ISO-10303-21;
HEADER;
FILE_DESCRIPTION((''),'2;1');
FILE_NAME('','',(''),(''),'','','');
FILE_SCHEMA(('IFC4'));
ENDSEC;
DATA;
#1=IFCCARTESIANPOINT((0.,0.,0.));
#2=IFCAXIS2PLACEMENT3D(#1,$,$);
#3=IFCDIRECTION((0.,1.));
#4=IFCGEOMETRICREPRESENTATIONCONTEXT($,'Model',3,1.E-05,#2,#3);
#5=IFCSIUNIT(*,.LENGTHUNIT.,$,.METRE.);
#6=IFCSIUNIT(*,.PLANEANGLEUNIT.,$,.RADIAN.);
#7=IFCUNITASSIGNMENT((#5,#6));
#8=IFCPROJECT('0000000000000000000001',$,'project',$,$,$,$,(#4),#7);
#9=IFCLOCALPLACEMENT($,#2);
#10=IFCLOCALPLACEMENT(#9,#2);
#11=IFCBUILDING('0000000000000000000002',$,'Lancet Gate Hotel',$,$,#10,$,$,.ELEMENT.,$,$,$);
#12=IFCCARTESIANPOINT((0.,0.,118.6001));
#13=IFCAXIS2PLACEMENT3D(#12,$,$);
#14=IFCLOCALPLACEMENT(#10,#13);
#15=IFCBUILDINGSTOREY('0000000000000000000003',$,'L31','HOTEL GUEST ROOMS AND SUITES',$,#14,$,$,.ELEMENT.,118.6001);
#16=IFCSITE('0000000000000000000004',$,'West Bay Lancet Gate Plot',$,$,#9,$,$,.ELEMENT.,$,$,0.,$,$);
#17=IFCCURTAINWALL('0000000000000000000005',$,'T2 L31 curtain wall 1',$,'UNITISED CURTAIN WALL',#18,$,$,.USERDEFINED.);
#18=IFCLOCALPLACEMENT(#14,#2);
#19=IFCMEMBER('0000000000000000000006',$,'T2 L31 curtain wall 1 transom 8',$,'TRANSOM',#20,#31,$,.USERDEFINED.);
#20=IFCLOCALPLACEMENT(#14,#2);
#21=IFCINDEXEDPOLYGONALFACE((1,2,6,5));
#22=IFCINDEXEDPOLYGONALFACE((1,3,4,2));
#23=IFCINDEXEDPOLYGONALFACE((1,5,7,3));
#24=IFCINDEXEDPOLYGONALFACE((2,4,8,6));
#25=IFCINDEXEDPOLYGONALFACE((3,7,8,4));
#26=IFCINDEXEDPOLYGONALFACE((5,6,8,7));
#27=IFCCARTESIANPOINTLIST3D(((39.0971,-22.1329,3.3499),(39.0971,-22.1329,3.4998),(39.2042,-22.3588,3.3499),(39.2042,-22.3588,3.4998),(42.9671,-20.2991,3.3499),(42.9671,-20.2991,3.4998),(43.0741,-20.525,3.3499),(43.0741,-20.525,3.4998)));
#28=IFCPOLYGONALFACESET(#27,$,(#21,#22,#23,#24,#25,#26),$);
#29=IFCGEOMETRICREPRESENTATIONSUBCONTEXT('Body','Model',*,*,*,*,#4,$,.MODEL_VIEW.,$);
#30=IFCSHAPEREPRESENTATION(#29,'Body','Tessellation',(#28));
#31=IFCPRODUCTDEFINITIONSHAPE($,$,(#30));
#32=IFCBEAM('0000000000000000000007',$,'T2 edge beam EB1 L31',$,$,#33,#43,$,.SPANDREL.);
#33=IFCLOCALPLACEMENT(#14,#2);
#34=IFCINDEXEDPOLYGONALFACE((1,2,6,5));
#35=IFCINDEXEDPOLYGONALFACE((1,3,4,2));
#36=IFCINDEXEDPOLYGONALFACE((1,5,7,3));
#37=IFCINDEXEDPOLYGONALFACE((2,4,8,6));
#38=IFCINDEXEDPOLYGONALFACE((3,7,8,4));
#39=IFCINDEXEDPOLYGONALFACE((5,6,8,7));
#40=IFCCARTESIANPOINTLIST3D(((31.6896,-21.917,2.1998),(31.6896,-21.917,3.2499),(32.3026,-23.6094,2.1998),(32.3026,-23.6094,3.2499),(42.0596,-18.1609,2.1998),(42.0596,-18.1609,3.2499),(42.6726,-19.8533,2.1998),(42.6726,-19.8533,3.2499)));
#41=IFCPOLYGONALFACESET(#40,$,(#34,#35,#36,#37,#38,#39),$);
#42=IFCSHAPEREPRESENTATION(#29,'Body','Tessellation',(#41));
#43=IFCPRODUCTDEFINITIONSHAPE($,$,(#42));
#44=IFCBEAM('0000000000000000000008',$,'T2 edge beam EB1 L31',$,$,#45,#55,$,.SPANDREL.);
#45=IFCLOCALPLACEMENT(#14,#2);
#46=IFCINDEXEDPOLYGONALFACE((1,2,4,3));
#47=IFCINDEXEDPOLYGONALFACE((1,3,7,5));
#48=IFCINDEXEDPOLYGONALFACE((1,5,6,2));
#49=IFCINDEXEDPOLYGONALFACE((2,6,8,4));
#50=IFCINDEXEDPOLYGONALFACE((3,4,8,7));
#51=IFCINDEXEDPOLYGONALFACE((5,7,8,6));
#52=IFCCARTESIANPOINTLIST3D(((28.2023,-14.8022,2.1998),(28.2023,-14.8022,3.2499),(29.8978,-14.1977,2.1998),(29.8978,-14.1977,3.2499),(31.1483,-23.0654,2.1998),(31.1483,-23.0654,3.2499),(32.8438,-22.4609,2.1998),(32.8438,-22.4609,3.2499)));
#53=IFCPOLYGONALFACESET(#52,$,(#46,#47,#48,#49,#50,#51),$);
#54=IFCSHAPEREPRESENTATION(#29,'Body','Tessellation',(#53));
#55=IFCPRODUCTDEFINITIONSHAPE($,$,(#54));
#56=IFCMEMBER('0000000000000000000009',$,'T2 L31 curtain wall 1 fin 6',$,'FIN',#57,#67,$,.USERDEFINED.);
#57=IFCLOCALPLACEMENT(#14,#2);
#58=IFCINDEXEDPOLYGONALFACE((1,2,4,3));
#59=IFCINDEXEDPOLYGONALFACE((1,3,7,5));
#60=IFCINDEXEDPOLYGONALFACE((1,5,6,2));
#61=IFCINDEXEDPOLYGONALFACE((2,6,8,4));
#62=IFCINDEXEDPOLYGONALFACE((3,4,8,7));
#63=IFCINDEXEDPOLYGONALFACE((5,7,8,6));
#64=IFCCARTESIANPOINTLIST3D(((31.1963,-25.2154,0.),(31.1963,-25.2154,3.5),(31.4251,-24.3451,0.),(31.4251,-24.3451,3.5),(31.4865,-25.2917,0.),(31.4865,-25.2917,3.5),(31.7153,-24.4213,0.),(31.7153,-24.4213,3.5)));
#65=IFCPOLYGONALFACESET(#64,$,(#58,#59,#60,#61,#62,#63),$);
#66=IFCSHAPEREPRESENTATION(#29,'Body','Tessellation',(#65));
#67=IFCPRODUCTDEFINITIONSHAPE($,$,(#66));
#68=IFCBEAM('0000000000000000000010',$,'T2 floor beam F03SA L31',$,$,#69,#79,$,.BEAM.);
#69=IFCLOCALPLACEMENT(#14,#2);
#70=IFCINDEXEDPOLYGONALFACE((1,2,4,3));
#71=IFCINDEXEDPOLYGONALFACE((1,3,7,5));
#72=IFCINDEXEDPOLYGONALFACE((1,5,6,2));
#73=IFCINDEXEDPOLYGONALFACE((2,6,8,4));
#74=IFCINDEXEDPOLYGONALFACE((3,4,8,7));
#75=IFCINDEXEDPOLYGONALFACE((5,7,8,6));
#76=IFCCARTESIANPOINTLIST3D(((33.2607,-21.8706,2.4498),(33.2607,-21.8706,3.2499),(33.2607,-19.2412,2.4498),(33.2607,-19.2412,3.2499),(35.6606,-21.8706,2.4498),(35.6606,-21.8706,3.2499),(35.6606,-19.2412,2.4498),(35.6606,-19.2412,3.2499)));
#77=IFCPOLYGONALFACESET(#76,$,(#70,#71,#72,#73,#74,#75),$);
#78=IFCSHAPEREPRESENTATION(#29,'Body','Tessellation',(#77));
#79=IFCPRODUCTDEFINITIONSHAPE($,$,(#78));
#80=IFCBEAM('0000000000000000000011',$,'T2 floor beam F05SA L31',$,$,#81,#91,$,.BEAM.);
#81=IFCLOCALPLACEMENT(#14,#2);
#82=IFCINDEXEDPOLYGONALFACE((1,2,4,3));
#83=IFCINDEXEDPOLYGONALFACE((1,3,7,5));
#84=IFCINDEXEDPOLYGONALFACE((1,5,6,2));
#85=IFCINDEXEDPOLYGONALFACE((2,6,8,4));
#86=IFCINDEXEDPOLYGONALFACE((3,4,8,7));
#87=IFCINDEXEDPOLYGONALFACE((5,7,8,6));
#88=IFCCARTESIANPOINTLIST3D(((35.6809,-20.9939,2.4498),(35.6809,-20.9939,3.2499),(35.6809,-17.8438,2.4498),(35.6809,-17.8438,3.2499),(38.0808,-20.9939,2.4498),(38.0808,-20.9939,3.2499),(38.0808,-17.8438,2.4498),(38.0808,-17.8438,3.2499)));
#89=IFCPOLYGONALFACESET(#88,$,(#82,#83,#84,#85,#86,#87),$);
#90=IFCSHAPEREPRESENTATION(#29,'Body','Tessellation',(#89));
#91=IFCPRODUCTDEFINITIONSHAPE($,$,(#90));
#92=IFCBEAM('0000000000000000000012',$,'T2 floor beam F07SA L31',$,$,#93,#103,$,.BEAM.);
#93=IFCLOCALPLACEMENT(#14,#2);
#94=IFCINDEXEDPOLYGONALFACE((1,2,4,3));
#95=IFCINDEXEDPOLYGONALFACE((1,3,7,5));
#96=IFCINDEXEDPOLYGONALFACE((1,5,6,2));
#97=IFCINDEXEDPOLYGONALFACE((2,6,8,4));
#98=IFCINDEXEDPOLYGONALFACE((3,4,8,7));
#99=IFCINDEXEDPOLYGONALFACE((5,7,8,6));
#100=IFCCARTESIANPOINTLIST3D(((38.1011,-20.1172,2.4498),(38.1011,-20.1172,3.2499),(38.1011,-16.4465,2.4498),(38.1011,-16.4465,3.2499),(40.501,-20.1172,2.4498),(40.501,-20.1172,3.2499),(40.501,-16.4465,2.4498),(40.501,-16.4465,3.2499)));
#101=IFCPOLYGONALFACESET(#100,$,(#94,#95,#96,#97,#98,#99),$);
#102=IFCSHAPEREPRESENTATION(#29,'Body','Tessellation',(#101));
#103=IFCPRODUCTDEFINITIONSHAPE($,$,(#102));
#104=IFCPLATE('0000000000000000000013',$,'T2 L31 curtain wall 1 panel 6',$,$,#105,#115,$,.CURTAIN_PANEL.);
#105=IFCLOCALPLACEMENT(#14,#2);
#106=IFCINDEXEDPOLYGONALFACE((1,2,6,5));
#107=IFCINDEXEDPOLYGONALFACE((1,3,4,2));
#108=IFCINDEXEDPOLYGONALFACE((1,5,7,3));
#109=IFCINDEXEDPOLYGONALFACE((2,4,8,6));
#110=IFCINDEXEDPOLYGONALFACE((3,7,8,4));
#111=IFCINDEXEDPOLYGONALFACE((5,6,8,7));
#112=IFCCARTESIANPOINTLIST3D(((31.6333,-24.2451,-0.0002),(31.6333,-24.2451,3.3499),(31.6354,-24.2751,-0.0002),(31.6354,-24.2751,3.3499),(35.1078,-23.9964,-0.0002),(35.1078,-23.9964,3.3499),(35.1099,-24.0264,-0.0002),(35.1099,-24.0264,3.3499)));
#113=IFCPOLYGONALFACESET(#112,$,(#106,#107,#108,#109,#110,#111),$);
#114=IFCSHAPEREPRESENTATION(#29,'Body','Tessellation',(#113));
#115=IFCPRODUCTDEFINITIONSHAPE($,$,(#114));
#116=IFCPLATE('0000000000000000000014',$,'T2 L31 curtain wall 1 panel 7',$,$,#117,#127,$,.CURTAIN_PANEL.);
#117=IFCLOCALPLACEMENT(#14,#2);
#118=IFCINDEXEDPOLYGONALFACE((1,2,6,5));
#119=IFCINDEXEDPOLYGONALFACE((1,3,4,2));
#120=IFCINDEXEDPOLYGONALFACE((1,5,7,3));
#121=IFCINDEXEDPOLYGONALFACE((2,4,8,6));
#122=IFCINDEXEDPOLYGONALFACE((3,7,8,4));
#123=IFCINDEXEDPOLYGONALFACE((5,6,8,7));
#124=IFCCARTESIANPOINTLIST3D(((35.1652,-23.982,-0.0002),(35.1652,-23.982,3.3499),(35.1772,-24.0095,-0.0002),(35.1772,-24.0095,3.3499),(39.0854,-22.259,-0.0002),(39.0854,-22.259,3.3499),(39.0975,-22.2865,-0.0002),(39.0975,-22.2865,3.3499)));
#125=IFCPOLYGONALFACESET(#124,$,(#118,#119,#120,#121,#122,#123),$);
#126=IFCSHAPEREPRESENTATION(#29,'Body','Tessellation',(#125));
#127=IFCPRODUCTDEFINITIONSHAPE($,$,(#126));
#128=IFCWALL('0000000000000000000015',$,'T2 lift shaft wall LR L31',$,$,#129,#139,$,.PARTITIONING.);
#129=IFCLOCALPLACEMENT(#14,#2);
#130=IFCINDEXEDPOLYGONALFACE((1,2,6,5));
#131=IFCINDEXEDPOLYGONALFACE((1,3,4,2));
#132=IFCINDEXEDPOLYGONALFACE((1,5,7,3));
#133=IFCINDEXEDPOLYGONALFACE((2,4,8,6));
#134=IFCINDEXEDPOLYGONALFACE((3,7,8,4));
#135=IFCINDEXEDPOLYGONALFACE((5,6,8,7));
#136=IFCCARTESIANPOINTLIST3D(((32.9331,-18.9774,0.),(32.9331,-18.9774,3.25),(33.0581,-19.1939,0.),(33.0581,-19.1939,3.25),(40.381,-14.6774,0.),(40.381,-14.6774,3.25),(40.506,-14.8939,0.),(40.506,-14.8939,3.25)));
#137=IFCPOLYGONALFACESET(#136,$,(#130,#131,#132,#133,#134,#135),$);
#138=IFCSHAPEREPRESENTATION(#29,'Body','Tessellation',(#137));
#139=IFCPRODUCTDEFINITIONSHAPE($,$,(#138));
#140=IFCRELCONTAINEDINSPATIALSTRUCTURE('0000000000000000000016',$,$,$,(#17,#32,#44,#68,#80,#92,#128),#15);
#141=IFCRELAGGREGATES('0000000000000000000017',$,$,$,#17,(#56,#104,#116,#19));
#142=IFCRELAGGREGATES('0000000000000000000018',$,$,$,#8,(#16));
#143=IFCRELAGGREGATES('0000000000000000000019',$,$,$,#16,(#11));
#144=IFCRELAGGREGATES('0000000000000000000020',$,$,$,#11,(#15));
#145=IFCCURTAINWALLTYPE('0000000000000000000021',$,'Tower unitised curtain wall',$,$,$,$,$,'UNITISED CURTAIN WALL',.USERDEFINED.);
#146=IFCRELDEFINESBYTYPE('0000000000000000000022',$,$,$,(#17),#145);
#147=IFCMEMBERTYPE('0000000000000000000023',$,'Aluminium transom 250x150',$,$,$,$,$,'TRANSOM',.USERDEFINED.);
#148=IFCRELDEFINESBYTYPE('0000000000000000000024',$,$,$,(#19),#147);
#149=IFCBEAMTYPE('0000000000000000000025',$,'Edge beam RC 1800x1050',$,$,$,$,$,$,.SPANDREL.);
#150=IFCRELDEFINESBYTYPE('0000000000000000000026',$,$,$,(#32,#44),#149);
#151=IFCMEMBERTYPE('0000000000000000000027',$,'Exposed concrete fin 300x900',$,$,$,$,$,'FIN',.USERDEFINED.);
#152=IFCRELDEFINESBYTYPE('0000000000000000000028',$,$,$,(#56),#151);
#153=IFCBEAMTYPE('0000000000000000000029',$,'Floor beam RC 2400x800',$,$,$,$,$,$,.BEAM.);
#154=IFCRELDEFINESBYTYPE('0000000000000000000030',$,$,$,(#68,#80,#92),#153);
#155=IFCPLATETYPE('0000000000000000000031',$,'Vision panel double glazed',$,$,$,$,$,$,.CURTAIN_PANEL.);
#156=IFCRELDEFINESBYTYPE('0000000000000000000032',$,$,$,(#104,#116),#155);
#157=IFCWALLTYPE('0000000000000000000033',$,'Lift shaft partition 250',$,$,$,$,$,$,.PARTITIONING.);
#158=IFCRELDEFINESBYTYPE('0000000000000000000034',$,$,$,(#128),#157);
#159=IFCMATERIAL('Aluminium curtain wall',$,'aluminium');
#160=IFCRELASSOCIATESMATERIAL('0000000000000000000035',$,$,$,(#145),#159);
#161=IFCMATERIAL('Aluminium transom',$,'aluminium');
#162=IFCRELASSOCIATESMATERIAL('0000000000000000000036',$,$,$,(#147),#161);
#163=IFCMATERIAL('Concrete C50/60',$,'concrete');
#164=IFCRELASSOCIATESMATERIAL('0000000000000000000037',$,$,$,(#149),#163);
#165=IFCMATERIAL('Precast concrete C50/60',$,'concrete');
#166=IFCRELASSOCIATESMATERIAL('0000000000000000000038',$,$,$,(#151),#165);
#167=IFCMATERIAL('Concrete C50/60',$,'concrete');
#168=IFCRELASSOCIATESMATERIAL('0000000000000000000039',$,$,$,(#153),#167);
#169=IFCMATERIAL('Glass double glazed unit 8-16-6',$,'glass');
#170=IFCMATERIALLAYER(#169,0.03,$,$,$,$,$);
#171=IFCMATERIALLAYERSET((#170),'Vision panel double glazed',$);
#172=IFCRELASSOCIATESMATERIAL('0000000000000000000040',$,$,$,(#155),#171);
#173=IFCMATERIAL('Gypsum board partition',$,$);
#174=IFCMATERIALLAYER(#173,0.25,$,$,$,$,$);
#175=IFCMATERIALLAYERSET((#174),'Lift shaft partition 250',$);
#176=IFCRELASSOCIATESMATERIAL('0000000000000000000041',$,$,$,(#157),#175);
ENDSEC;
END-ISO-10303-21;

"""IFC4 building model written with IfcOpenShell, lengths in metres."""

from ifc_helpers import new_model, si_unit, direction, frame, frame_2d, origin, origin_2d, place, context, subcontext, project, spatial, rectangle, extrude, material, layer, layer_set, material_profile, profile_set, type_object, element, aggregate, save


model = new_model("IFC4")

# Units and contexts
model_context = context("Model", 3, precision=1e-05, world=origin(), true_north=direction((0.0, 1.0)))
body_context = subcontext(model_context, "Body", "Model", "MODEL_VIEW")
ifc_project = project(units=[si_unit("LENGTHUNIT", "METRE"), si_unit("PLANEANGLEUNIT", "RADIAN")], contexts=[model_context])

# Site, building, storey
site_placement = place(None, origin())
site = spatial("IfcSite", under=ifc_project, at=site_placement, Name="West Bay Lancet Gate Plot", CompositionType="ELEMENT", RefElevation=0.0)
building_placement = place(site_placement, origin())
building = spatial("IfcBuilding", under=site, at=building_placement, Name="Lancet Gate Hotel", CompositionType="ELEMENT")
storey_placement = place(building_placement, frame((0.0, 0.0, 118.6001)))
storey = spatial("IfcBuildingStorey", under=building, at=storey_placement, Name="L31", Description="HOTEL GUEST ROOMS AND SUITES", CompositionType="ELEMENT", Elevation=118.6001)

# Curtain wall, member
ifc_material_1 = material(Name="Aluminium curtain wall", Category="aluminium")
curtain_wall_type = type_object("IfcCurtainWallType", Name="Tower unitised curtain wall", ElementType="UNITISED CURTAIN WALL", PredefinedType="USERDEFINED", material=ifc_material_1)
curtain_wall_placement = place(storey_placement, origin())
curtain_wall = element("IfcCurtainWall", 1, at=curtain_wall_placement, inside=storey, type_object=curtain_wall_type, Name="T2 L31 curtain wall 1", ObjectType="UNITISED CURTAIN WALL", PredefinedType="USERDEFINED")
ifc_material_2 = material(Name="Aluminium transom", Category="aluminium")
ifc_material_profile_1 = material_profile(ifc_material_2, rectangle(XDim=0.25, YDim=0.1499, at=origin_2d()), Name="TRANSOM 250x150")
ifc_profile_set_1 = profile_set([ifc_material_profile_1], Name="Aluminium transom")
member_type_1 = type_object("IfcMemberType", Name="Aluminium transom 250x150", ElementType="TRANSOM", PredefinedType="USERDEFINED", material=ifc_profile_set_1)
member_1_placement = place(storey_placement, frame((39.1506, -22.2458, 3.4248), z_axis=(0.90368, 0.428209, 0.0), x_axis=(-0.428209, 0.90368, 0.0)))
member_1 = element("IfcMember", 2, at=member_1_placement, type_object=member_type_1, Name="T2 L31 curtain wall 1 transom 8", ObjectType="TRANSOM", PredefinedType="USERDEFINED", context=body_context, shape_type="SweptSolid", body=[
    extrude(rectangle(XDim=0.25, YDim=0.1499, at=origin_2d()), origin(), (0.0, 0.0, 1.0), 4.2825),
])

# Beams
ifc_material_3 = material(Name="Concrete C50/60", Category="concrete")
ifc_material_profile_2 = material_profile(ifc_material_3, rectangle(XDim=1.8, YDim=1.05, at=origin_2d()), Name="RC 1800x1050")
ifc_profile_set_2 = profile_set([ifc_material_profile_2], Name="Concrete C50/60")
beam_type_1 = type_object("IfcBeamType", Name="Edge beam RC 1800x1050", PredefinedType="SPANDREL", material=ifc_profile_set_2)
beam_1_placement = place(storey_placement, frame((31.9961, -22.7632, 2.7249), z_axis=(0.940225, 0.340554, 0.0), x_axis=(-0.340554, 0.940225, 0.0)))
element("IfcBeam", 3, at=beam_1_placement, inside=storey, type_object=beam_type_1, Name="T2 edge beam EB1 L31", PredefinedType="SPANDREL", context=body_context, shape_type="SweptSolid", body=[
    extrude(rectangle(XDim=1.8, YDim=1.05, at=origin_2d()), origin(), (0.0, 0.0, 1.0), 11.0293),
])
beam_2_placement = place(storey_placement, frame((31.9961, -22.7632, 2.7249), z_axis=(-0.335822, 0.941926, 0.0), x_axis=(-0.941926, -0.335822, 0.0)))
element("IfcBeam", 4, at=beam_2_placement, inside=storey, type_object=beam_type_1, Name="T2 edge beam EB1 L31", PredefinedType="SPANDREL", context=body_context, shape_type="SweptSolid", body=[
    extrude(rectangle(XDim=1.8, YDim=1.05, at=origin_2d()), origin(), (0.0, 0.0, 1.0), 8.7727),
])

# Member
ifc_material_4 = material(Name="Precast concrete C50/60", Category="concrete")
ifc_material_profile_3 = material_profile(ifc_material_4, rectangle(XDim=0.3, YDim=0.8999, at=origin_2d()), Name="FIN 300x900")
ifc_profile_set_3 = profile_set([ifc_material_profile_3], Name="Precast concrete C50/60")
member_type_2 = type_object("IfcMemberType", Name="Exposed concrete fin 300x900", ElementType="FIN", PredefinedType="USERDEFINED", material=ifc_profile_set_3)
member_2_placement = place(storey_placement, frame((31.4558, -24.8184, 0.0), z_axis=(0.0, 0.0, 1.0), x_axis=(0.967157, -0.254179, 0.0)))
member_2 = element("IfcMember", 5, at=member_2_placement, type_object=member_type_2, Name="T2 L31 curtain wall 1 fin 6", ObjectType="FIN", PredefinedType="USERDEFINED", context=body_context, shape_type="SweptSolid", body=[
    extrude(rectangle(XDim=0.3, YDim=0.8999, at=origin_2d()), origin(), (0.0, 0.0, 1.0), 3.5),
])

# Beams
ifc_material_5 = material(Name="Concrete C50/60", Category="concrete")
ifc_material_profile_4 = material_profile(ifc_material_5, rectangle(XDim=2.3999, YDim=0.8, at=origin_2d()), Name="RC 2400x800")
ifc_profile_set_4 = profile_set([ifc_material_profile_4], Name="Concrete C50/60")
beam_type_2 = type_object("IfcBeamType", Name="Floor beam RC 2400x800", PredefinedType="BEAM", material=ifc_profile_set_4)
beam_3_placement = place(storey_placement, frame((34.4607, -21.8706, 2.8499), z_axis=(0.0, 1.0, 0.0), x_axis=(-1.0, 0.0, 0.0)))
element("IfcBeam", 6, at=beam_3_placement, inside=storey, type_object=beam_type_2, Name="T2 floor beam F03SA L31", PredefinedType="BEAM", context=body_context, shape_type="SweptSolid", body=[
    extrude(rectangle(XDim=2.3999, YDim=0.8, at=origin_2d()), origin(), (0.0, 0.0, 1.0), 2.6294),
])
beam_4_placement = place(storey_placement, frame((36.8809, -20.9939, 2.8499), z_axis=(0.0, 1.0, 0.0), x_axis=(-1.0, 0.0, 0.0)))
element("IfcBeam", 7, at=beam_4_placement, inside=storey, type_object=beam_type_2, Name="T2 floor beam F05SA L31", PredefinedType="BEAM", context=body_context, shape_type="SweptSolid", body=[
    extrude(rectangle(XDim=2.3999, YDim=0.8, at=origin_2d()), origin(), (0.0, 0.0, 1.0), 3.1501),
])
beam_5_placement = place(storey_placement, frame((39.301, -20.1172, 2.8499), z_axis=(0.0, 1.0, 0.0), x_axis=(-1.0, 0.0, 0.0)))
element("IfcBeam", 8, at=beam_5_placement, inside=storey, type_object=beam_type_2, Name="T2 floor beam F07SA L31", PredefinedType="BEAM", context=body_context, shape_type="SweptSolid", body=[
    extrude(rectangle(XDim=2.3999, YDim=0.8, at=origin_2d()), origin(), (0.0, 0.0, 1.0), 3.6707),
])

# Plates
ifc_material_6 = material(Name="Glass double glazed unit 8-16-6", Category="glass")
ifc_layer_1 = layer(ifc_material_6, 0.03)
ifc_layer_set_1 = layer_set([ifc_layer_1], Name="Vision panel double glazed")
plate_type = type_object("IfcPlateType", Name="Vision panel double glazed", PredefinedType="CURTAIN_PANEL", material=ifc_layer_set_1)
plate_1_placement = place(storey_placement, frame((33.3716, -24.1357, -0.0002), z_axis=(0.0, 0.0, 1.0), x_axis=(0.997448, 0.07139, 0.0)))
plate_1 = element("IfcPlate", 9, at=plate_1_placement, type_object=plate_type, Name="T2 L31 curtain wall 1 panel 6", PredefinedType="CURTAIN_PANEL", context=body_context, shape_type="SweptSolid", body=[
    extrude(rectangle(XDim=3.4834, YDim=0.03, at=origin_2d()), origin(), (0.0, 0.0, 1.0), 3.3501),
])
plate_2_placement = place(storey_placement, frame((37.1313, -23.1343, -0.0002), z_axis=(0.0, 0.0, 1.0), x_axis=(0.915479, 0.402367, 0.0)))
plate_2 = element("IfcPlate", 10, at=plate_2_placement, type_object=plate_type, Name="T2 L31 curtain wall 1 panel 7", PredefinedType="CURTAIN_PANEL", context=body_context, shape_type="SweptSolid", body=[
    extrude(rectangle(XDim=4.2822, YDim=0.03, at=origin_2d()), origin(), (0.0, 0.0, 1.0), 3.3501),
])
aggregate(curtain_wall, [member_2, plate_1, plate_2, member_1])

# Wall
ifc_material_7 = material(Name="Gypsum board partition")
ifc_layer_2 = layer(ifc_material_7, 0.25)
ifc_layer_set_2 = layer_set([ifc_layer_2], Name="Lift shaft partition 250")
wall_type = type_object("IfcWallType", Name="Lift shaft partition 250", PredefinedType="PARTITIONING", material=ifc_layer_set_2)
wall_placement = place(storey_placement, frame((32.9956, -19.0857, 0.0), z_axis=(0.0, 0.0, 1.0), x_axis=(0.866028, 0.499995, 0.0)))
element("IfcWall", 11, at=wall_placement, inside=storey, type_object=wall_type, Name="T2 lift shaft wall LR L31", PredefinedType="PARTITIONING", context=body_context, shape_type="SweptSolid", body=[
    extrude(rectangle(XDim=8.6001, YDim=0.25, at=frame_2d((4.3, 0.0))), origin(), (0.0, 0.0, 1.0), 3.25),
])

save(model, "model.ifc")
